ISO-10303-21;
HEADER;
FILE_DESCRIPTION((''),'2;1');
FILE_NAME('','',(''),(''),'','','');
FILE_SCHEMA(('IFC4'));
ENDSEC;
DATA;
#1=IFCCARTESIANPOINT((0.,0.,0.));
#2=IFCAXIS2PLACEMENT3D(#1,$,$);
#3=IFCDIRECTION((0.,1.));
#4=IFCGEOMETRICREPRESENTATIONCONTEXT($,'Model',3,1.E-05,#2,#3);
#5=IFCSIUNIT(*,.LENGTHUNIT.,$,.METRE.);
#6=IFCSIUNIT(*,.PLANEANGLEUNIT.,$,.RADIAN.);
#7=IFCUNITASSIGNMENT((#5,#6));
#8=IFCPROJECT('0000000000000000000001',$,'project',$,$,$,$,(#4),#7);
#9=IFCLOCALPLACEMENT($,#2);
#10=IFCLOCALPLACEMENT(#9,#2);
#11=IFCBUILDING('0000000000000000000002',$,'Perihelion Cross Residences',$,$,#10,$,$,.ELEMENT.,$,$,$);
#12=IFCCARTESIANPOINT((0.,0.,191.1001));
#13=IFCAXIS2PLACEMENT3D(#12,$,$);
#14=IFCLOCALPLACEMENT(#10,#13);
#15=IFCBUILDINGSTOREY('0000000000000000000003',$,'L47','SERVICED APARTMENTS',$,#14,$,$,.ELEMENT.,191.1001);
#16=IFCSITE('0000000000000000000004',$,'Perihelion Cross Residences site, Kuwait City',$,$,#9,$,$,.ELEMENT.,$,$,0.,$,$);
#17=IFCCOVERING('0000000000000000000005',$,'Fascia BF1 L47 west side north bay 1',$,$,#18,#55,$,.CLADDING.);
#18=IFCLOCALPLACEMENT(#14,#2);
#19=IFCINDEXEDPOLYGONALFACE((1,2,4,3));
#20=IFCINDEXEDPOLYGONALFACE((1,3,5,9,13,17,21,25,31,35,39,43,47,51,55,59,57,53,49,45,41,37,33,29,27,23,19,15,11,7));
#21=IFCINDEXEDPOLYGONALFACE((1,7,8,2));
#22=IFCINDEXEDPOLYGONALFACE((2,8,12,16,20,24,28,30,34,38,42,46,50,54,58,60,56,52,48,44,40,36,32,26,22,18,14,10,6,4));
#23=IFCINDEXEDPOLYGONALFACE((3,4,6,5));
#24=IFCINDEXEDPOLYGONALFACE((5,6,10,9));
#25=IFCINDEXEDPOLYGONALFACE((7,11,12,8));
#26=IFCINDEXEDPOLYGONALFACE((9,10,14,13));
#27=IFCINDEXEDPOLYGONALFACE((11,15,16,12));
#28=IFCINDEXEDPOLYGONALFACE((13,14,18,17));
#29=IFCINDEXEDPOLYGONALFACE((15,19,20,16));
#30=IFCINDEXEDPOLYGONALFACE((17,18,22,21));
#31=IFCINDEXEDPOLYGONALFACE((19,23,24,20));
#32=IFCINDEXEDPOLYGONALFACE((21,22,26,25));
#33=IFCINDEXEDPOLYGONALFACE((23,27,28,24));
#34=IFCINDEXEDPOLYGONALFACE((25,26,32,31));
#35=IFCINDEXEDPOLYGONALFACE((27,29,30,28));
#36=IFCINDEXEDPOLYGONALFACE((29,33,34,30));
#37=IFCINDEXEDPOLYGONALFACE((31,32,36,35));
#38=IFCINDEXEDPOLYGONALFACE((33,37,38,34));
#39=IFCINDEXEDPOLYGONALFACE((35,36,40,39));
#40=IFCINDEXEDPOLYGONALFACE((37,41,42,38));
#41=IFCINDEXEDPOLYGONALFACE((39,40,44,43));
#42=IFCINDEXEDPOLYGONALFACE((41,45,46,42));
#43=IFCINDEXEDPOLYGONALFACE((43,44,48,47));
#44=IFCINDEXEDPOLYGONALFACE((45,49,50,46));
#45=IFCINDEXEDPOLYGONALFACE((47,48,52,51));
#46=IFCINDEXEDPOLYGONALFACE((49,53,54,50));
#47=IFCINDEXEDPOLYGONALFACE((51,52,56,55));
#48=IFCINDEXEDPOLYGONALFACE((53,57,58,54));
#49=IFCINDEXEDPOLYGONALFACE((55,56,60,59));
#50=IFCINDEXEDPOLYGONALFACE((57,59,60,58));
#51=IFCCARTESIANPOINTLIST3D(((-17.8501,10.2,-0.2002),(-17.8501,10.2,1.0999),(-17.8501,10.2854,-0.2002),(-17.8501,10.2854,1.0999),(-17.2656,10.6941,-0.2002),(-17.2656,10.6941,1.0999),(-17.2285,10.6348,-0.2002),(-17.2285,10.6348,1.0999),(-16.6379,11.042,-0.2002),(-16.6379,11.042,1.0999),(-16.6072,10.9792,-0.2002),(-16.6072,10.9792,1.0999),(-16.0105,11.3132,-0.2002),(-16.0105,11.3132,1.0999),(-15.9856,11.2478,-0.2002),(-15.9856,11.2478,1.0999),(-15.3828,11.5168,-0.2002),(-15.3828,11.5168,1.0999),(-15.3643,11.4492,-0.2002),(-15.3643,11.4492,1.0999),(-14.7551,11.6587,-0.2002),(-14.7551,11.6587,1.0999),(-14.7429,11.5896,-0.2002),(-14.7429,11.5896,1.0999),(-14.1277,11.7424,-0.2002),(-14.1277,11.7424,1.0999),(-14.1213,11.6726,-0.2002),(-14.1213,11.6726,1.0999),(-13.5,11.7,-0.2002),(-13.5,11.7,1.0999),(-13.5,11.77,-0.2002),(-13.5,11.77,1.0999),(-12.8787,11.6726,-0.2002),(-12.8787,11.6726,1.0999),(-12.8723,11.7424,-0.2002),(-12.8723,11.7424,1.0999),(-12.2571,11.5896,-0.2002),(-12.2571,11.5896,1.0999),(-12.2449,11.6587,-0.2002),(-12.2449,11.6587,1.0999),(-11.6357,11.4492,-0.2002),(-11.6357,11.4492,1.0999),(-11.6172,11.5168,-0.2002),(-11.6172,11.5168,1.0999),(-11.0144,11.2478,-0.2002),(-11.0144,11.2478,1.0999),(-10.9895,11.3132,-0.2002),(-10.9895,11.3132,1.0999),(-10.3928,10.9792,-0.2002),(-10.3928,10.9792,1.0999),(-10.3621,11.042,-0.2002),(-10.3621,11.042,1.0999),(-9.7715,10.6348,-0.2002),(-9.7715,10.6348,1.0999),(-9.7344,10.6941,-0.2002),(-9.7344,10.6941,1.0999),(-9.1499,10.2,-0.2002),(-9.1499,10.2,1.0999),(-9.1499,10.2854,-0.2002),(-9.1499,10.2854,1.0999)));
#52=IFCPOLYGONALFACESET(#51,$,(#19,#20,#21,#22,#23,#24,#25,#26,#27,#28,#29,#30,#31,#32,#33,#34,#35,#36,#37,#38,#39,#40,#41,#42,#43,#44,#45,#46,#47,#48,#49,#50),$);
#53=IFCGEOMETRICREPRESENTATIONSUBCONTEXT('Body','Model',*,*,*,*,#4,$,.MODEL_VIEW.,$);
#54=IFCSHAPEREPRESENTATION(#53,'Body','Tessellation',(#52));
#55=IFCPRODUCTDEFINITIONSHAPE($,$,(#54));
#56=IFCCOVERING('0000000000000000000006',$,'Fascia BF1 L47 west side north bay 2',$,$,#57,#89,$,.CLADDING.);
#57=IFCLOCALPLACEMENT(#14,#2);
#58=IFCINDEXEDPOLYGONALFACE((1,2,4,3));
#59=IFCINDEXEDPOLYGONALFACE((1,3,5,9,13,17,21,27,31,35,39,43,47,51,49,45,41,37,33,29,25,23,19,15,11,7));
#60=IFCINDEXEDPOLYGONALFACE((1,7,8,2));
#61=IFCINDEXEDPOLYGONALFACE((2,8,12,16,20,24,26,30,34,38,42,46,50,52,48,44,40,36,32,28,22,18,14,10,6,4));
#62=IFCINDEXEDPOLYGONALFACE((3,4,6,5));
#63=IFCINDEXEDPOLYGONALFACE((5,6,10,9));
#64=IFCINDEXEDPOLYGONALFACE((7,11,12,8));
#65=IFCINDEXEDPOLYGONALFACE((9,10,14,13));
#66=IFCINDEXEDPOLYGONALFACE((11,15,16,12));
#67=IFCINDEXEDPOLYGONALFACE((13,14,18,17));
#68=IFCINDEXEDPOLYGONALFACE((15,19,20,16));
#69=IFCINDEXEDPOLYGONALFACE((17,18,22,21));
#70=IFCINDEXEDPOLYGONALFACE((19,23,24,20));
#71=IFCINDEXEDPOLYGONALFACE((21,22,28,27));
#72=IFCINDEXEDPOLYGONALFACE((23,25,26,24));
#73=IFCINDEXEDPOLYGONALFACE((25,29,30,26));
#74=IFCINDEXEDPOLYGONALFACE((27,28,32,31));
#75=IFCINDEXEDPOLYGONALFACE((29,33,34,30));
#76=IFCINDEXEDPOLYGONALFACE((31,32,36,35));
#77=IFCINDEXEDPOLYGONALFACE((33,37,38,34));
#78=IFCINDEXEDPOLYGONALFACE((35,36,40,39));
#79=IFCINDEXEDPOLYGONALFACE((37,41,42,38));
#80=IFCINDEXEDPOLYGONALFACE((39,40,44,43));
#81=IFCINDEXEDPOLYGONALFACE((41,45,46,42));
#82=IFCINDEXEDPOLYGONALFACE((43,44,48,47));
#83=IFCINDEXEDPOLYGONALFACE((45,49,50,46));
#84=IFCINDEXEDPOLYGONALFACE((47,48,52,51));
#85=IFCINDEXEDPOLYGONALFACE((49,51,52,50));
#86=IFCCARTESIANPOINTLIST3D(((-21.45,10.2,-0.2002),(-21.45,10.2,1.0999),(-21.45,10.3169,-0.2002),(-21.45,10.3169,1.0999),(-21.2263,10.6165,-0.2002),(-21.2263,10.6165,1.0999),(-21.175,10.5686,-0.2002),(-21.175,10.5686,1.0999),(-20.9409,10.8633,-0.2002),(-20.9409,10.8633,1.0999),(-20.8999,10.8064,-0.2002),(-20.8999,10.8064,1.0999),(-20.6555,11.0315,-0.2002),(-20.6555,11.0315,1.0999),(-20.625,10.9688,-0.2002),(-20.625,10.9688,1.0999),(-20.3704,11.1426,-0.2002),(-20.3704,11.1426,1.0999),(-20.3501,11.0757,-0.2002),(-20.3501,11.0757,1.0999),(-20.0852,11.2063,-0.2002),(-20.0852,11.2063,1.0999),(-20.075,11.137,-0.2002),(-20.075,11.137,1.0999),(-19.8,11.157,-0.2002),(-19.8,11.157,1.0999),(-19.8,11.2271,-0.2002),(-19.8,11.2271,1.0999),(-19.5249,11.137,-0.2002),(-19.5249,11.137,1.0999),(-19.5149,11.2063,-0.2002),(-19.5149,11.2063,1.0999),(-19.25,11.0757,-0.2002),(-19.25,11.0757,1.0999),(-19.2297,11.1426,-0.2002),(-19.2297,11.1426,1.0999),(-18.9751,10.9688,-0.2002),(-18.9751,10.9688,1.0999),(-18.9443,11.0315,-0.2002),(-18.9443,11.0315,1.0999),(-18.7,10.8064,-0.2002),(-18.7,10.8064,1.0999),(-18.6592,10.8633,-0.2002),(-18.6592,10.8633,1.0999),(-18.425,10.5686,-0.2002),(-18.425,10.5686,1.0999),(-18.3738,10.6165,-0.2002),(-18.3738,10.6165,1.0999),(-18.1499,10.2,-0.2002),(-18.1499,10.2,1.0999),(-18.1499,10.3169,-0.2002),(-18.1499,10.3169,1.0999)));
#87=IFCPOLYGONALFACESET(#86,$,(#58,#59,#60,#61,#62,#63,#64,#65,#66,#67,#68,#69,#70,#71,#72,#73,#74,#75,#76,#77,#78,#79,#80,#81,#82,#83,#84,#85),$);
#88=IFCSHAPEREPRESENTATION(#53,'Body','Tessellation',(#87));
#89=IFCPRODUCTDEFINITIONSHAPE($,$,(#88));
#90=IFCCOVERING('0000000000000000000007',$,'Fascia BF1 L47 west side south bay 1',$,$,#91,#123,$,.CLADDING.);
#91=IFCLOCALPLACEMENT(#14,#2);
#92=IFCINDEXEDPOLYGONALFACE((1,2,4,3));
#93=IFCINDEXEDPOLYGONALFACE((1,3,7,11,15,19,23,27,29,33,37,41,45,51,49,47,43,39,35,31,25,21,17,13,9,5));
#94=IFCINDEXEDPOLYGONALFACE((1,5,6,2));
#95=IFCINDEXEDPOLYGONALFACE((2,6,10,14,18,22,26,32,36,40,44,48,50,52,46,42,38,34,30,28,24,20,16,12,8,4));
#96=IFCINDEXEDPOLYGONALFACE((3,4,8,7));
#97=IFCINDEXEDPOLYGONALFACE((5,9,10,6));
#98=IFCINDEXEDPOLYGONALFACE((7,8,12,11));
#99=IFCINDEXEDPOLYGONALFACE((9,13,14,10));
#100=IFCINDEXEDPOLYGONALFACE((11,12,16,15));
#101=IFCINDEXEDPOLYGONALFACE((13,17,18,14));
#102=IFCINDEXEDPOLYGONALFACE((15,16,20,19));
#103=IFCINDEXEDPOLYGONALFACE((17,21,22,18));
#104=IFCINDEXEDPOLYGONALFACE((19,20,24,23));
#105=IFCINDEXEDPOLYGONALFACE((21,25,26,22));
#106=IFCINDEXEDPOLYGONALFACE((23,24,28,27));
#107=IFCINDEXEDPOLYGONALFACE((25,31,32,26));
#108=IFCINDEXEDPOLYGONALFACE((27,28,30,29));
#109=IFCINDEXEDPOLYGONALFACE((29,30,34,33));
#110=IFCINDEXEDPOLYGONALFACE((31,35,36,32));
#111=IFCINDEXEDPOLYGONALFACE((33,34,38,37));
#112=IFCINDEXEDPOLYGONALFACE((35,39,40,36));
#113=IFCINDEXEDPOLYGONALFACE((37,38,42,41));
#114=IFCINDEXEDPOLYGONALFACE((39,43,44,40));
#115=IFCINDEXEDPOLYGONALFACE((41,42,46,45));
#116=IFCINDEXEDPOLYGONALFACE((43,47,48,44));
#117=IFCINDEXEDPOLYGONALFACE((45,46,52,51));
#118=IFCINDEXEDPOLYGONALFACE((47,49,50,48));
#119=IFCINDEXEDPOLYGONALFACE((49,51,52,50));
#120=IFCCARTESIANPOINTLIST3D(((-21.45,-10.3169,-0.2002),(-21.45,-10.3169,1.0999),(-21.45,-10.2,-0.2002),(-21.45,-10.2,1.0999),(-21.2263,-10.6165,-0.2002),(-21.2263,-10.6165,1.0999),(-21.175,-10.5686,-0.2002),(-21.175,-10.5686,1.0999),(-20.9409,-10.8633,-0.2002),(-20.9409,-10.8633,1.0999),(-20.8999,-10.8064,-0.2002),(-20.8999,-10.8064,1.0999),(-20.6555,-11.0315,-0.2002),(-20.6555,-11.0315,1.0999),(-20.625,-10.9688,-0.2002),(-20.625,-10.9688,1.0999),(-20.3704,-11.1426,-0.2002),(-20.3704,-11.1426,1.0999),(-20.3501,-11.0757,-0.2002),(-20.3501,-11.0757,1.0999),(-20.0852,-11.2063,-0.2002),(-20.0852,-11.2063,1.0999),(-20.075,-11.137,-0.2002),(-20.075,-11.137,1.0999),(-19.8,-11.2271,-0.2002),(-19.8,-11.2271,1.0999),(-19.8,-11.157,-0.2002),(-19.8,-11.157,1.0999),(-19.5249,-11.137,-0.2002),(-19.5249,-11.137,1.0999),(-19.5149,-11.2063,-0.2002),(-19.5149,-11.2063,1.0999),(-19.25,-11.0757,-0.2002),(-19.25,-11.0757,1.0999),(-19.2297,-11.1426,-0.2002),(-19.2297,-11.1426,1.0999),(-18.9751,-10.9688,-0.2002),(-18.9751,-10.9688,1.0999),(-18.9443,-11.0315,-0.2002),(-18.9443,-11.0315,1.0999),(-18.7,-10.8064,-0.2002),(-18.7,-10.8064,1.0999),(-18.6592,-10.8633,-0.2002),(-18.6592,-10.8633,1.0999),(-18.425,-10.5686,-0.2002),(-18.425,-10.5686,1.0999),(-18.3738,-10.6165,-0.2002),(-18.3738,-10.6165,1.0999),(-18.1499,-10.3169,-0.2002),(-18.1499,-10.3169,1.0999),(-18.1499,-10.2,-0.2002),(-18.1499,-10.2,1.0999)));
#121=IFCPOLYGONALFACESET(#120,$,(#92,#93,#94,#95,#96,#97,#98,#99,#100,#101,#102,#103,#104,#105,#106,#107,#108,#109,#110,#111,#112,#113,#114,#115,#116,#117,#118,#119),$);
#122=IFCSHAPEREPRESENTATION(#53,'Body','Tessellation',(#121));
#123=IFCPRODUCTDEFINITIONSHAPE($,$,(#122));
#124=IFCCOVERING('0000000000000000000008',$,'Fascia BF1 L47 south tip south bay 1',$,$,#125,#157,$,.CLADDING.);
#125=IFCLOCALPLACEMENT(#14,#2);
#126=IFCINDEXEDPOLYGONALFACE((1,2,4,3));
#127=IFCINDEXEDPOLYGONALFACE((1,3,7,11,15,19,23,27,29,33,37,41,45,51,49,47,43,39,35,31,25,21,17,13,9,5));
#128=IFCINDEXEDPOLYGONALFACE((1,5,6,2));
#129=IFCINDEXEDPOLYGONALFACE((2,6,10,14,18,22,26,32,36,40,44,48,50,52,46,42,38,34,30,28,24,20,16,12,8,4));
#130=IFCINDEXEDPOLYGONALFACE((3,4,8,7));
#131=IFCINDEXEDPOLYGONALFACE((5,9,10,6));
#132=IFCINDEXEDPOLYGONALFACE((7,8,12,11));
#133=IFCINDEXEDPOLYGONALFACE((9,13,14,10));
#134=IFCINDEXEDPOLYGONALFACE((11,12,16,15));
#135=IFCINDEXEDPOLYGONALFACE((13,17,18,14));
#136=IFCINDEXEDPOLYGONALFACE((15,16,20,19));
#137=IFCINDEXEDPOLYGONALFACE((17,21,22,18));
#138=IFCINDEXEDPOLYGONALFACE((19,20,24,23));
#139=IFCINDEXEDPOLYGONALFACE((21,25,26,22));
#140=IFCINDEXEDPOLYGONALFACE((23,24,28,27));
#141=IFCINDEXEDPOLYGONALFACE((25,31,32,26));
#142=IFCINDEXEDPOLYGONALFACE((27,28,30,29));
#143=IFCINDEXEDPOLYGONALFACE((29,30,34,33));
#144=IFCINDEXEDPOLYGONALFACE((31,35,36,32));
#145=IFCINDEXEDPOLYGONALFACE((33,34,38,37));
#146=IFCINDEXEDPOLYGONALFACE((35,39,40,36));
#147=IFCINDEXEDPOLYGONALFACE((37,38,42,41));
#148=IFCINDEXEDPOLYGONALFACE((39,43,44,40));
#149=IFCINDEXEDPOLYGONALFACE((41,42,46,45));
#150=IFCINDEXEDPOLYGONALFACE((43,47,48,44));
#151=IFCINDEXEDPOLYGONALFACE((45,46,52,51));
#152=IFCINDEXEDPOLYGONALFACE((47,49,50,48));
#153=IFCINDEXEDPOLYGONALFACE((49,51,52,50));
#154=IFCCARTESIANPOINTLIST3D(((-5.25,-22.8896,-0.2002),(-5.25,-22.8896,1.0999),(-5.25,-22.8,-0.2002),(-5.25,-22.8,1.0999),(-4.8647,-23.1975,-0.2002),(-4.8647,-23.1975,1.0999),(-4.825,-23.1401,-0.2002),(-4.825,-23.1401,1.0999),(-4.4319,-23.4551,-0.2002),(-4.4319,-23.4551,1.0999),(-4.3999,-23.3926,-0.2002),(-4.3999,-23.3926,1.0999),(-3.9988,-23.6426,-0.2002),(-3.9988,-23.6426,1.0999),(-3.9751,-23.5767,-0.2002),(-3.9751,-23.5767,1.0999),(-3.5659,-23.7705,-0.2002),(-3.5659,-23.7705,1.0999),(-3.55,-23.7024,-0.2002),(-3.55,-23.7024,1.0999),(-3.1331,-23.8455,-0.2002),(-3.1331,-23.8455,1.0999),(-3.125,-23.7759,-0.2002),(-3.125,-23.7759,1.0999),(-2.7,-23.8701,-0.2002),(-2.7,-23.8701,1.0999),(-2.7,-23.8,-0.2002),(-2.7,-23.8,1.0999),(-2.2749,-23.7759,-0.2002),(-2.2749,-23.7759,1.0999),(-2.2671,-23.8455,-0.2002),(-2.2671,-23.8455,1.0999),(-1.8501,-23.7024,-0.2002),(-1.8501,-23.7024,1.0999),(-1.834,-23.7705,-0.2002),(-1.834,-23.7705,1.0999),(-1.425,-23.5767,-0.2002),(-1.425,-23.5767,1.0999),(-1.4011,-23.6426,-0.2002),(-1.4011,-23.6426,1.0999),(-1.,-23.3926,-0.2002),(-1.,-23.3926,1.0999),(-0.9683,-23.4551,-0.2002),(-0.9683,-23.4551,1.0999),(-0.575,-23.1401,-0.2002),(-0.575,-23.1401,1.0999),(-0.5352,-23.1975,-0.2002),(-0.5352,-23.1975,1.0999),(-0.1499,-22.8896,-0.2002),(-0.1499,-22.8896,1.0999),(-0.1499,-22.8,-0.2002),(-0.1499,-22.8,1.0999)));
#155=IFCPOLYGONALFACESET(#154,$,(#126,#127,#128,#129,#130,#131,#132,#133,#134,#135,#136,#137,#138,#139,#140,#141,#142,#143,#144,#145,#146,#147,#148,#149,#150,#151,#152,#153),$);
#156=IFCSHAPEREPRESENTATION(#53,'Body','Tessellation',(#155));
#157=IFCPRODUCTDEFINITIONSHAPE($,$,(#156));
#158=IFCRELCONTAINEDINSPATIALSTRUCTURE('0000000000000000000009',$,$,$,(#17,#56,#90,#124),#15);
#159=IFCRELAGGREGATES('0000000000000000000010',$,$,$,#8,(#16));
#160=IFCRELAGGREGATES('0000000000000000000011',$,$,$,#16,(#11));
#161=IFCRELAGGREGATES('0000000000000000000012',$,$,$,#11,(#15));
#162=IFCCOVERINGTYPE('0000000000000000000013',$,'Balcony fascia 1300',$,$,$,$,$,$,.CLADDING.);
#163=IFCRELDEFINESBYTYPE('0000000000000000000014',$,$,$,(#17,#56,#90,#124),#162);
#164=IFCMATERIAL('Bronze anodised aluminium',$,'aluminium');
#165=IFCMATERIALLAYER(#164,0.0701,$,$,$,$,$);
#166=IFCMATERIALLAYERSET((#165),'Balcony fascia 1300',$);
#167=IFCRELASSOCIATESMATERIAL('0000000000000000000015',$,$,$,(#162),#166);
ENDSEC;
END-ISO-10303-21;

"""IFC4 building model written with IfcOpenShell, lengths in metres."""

from ifc_helpers import new_model, si_unit, direction, frame, origin, place, context, subcontext, project, spatial, polyline, outline, extrude, material, layer, layer_set, type_object, element, save


model = new_model("IFC4")

# Units and contexts
model_context = context("Model", 3, precision=1e-05, world=origin(), true_north=direction((0.0, 1.0)))
body_context = subcontext(model_context, "Body", "Model", "MODEL_VIEW")
ifc_project = project(units=[si_unit("LENGTHUNIT", "METRE"), si_unit("PLANEANGLEUNIT", "RADIAN")], contexts=[model_context])

# Site, building, storey
site_placement = place(None, origin())
site = spatial("IfcSite", under=ifc_project, at=site_placement, Name="Perihelion Cross Residences site, Kuwait City", CompositionType="ELEMENT", RefElevation=0.0)
building_placement = place(site_placement, origin())
building = spatial("IfcBuilding", under=site, at=building_placement, Name="Perihelion Cross Residences", CompositionType="ELEMENT")
storey_placement = place(building_placement, frame((0.0, 0.0, 191.1001)))
storey = spatial("IfcBuildingStorey", under=building, at=storey_placement, Name="L47", Description="SERVICED APARTMENTS", CompositionType="ELEMENT", Elevation=191.1001)

# Coverings
ifc_material_1 = material(Name="Bronze anodised aluminium", Category="aluminium")
ifc_layer_1 = layer(ifc_material_1, 0.0701)
ifc_layer_set_1 = layer_set([ifc_layer_1], Name="Balcony fascia 1300")
covering_type = type_object("IfcCoveringType", Name="Balcony fascia 1300", PredefinedType="CLADDING", material=ifc_layer_set_1)
covering_1_placement = place(storey_placement, frame((0.0, 0.0, -0.2002)))
element("IfcCovering", 1, at=covering_1_placement, inside=storey, type_object=covering_type, Name="Fascia BF1 L47 west side north bay 1", PredefinedType="CLADDING", context=body_context, shape_type="SweptSolid", body=[
    extrude(outline(polyline([(-9.7344, 10.6941), (-10.3621, 11.042), (-10.9895, 11.3132), (-11.6172, 11.5168), (-12.2449, 11.6587), (-12.8723, 11.7424), (-13.5, 11.77), (-14.1277, 11.7424), (-14.7551, 11.6587), (-15.3828, 11.5168), (-16.0105, 11.3132), (-16.6379, 11.042), (-17.2656, 10.6941), (-17.8501, 10.2854), (-17.8501, 10.2), (-17.2285, 10.6348), (-16.6072, 10.9792), (-15.9856, 11.2478), (-15.3643, 11.4492), (-14.7429, 11.5896), (-14.1213, 11.6726), (-13.5, 11.7), (-12.8787, 11.6726), (-12.2571, 11.5896), (-11.6357, 11.4492), (-11.0144, 11.2478), (-10.3928, 10.9792), (-9.7715, 10.6348), (-9.1499, 10.2), (-9.1499, 10.2854), (-9.7344, 10.6941)])), origin(), (0.0, 0.0, 1.0), 1.3),
])
covering_2_placement = place(storey_placement, frame((0.0, 0.0, -0.2002)))
element("IfcCovering", 2, at=covering_2_placement, inside=storey, type_object=covering_type, Name="Fascia BF1 L47 west side north bay 2", PredefinedType="CLADDING", context=body_context, shape_type="SweptSolid", body=[
    extrude(outline(polyline([(-18.3738, 10.6165), (-18.6592, 10.8633), (-18.9443, 11.0315), (-19.2297, 11.1426), (-19.5149, 11.2063), (-19.8, 11.2271), (-20.0852, 11.2063), (-20.3704, 11.1426), (-20.6555, 11.0315), (-20.9409, 10.8633), (-21.2263, 10.6165), (-21.45, 10.3169), (-21.45, 10.2), (-21.175, 10.5686), (-20.8999, 10.8064), (-20.625, 10.9688), (-20.3501, 11.0757), (-20.075, 11.137), (-19.8, 11.157), (-19.5249, 11.137), (-19.25, 11.0757), (-18.9751, 10.9688), (-18.7, 10.8064), (-18.425, 10.5686), (-18.1499, 10.2), (-18.1499, 10.3169), (-18.3738, 10.6165)])), origin(), (0.0, 0.0, 1.0), 1.3),
])
covering_3_placement = place(storey_placement, frame((0.0, 0.0, -0.2002)))
element("IfcCovering", 3, at=covering_3_placement, inside=storey, type_object=covering_type, Name="Fascia BF1 L47 west side south bay 1", PredefinedType="CLADDING", context=body_context, shape_type="SweptSolid", body=[
    extrude(outline(polyline([(-21.2263, -10.6165), (-20.9409, -10.8633), (-20.6555, -11.0315), (-20.3704, -11.1426), (-20.0852, -11.2063), (-19.8, -11.2271), (-19.5149, -11.2063), (-19.2297, -11.1426), (-18.9443, -11.0315), (-18.6592, -10.8633), (-18.3738, -10.6165), (-18.1499, -10.3169), (-18.1499, -10.2), (-18.425, -10.5686), (-18.7, -10.8064), (-18.9751, -10.9688), (-19.25, -11.0757), (-19.5249, -11.137), (-19.8, -11.157), (-20.075, -11.137), (-20.3501, -11.0757), (-20.625, -10.9688), (-20.8999, -10.8064), (-21.175, -10.5686), (-21.45, -10.2), (-21.45, -10.3169), (-21.2263, -10.6165)])), origin(), (0.0, 0.0, 1.0), 1.3),
])
covering_4_placement = place(storey_placement, frame((0.0, 0.0, -0.2002)))
element("IfcCovering", 4, at=covering_4_placement, inside=storey, type_object=covering_type, Name="Fascia BF1 L47 south tip south bay 1", PredefinedType="CLADDING", context=body_context, shape_type="SweptSolid", body=[
    extrude(outline(polyline([(-4.8647, -23.1975), (-4.4319, -23.4551), (-3.9988, -23.6426), (-3.5659, -23.7705), (-3.1331, -23.8455), (-2.7, -23.8701), (-2.2671, -23.8455), (-1.834, -23.7705), (-1.4011, -23.6426), (-0.9683, -23.4551), (-0.5352, -23.1975), (-0.1499, -22.8896), (-0.1499, -22.8), (-0.575, -23.1401), (-1.0, -23.3926), (-1.425, -23.5767), (-1.8501, -23.7024), (-2.2749, -23.7759), (-2.7, -23.8), (-3.125, -23.7759), (-3.55, -23.7024), (-3.9751, -23.5767), (-4.3999, -23.3926), (-4.825, -23.1401), (-5.25, -22.8), (-5.25, -22.8896), (-4.8647, -23.1975)])), origin(), (0.0, 0.0, 1.0), 1.3),
])

save(model, "model.ifc")
